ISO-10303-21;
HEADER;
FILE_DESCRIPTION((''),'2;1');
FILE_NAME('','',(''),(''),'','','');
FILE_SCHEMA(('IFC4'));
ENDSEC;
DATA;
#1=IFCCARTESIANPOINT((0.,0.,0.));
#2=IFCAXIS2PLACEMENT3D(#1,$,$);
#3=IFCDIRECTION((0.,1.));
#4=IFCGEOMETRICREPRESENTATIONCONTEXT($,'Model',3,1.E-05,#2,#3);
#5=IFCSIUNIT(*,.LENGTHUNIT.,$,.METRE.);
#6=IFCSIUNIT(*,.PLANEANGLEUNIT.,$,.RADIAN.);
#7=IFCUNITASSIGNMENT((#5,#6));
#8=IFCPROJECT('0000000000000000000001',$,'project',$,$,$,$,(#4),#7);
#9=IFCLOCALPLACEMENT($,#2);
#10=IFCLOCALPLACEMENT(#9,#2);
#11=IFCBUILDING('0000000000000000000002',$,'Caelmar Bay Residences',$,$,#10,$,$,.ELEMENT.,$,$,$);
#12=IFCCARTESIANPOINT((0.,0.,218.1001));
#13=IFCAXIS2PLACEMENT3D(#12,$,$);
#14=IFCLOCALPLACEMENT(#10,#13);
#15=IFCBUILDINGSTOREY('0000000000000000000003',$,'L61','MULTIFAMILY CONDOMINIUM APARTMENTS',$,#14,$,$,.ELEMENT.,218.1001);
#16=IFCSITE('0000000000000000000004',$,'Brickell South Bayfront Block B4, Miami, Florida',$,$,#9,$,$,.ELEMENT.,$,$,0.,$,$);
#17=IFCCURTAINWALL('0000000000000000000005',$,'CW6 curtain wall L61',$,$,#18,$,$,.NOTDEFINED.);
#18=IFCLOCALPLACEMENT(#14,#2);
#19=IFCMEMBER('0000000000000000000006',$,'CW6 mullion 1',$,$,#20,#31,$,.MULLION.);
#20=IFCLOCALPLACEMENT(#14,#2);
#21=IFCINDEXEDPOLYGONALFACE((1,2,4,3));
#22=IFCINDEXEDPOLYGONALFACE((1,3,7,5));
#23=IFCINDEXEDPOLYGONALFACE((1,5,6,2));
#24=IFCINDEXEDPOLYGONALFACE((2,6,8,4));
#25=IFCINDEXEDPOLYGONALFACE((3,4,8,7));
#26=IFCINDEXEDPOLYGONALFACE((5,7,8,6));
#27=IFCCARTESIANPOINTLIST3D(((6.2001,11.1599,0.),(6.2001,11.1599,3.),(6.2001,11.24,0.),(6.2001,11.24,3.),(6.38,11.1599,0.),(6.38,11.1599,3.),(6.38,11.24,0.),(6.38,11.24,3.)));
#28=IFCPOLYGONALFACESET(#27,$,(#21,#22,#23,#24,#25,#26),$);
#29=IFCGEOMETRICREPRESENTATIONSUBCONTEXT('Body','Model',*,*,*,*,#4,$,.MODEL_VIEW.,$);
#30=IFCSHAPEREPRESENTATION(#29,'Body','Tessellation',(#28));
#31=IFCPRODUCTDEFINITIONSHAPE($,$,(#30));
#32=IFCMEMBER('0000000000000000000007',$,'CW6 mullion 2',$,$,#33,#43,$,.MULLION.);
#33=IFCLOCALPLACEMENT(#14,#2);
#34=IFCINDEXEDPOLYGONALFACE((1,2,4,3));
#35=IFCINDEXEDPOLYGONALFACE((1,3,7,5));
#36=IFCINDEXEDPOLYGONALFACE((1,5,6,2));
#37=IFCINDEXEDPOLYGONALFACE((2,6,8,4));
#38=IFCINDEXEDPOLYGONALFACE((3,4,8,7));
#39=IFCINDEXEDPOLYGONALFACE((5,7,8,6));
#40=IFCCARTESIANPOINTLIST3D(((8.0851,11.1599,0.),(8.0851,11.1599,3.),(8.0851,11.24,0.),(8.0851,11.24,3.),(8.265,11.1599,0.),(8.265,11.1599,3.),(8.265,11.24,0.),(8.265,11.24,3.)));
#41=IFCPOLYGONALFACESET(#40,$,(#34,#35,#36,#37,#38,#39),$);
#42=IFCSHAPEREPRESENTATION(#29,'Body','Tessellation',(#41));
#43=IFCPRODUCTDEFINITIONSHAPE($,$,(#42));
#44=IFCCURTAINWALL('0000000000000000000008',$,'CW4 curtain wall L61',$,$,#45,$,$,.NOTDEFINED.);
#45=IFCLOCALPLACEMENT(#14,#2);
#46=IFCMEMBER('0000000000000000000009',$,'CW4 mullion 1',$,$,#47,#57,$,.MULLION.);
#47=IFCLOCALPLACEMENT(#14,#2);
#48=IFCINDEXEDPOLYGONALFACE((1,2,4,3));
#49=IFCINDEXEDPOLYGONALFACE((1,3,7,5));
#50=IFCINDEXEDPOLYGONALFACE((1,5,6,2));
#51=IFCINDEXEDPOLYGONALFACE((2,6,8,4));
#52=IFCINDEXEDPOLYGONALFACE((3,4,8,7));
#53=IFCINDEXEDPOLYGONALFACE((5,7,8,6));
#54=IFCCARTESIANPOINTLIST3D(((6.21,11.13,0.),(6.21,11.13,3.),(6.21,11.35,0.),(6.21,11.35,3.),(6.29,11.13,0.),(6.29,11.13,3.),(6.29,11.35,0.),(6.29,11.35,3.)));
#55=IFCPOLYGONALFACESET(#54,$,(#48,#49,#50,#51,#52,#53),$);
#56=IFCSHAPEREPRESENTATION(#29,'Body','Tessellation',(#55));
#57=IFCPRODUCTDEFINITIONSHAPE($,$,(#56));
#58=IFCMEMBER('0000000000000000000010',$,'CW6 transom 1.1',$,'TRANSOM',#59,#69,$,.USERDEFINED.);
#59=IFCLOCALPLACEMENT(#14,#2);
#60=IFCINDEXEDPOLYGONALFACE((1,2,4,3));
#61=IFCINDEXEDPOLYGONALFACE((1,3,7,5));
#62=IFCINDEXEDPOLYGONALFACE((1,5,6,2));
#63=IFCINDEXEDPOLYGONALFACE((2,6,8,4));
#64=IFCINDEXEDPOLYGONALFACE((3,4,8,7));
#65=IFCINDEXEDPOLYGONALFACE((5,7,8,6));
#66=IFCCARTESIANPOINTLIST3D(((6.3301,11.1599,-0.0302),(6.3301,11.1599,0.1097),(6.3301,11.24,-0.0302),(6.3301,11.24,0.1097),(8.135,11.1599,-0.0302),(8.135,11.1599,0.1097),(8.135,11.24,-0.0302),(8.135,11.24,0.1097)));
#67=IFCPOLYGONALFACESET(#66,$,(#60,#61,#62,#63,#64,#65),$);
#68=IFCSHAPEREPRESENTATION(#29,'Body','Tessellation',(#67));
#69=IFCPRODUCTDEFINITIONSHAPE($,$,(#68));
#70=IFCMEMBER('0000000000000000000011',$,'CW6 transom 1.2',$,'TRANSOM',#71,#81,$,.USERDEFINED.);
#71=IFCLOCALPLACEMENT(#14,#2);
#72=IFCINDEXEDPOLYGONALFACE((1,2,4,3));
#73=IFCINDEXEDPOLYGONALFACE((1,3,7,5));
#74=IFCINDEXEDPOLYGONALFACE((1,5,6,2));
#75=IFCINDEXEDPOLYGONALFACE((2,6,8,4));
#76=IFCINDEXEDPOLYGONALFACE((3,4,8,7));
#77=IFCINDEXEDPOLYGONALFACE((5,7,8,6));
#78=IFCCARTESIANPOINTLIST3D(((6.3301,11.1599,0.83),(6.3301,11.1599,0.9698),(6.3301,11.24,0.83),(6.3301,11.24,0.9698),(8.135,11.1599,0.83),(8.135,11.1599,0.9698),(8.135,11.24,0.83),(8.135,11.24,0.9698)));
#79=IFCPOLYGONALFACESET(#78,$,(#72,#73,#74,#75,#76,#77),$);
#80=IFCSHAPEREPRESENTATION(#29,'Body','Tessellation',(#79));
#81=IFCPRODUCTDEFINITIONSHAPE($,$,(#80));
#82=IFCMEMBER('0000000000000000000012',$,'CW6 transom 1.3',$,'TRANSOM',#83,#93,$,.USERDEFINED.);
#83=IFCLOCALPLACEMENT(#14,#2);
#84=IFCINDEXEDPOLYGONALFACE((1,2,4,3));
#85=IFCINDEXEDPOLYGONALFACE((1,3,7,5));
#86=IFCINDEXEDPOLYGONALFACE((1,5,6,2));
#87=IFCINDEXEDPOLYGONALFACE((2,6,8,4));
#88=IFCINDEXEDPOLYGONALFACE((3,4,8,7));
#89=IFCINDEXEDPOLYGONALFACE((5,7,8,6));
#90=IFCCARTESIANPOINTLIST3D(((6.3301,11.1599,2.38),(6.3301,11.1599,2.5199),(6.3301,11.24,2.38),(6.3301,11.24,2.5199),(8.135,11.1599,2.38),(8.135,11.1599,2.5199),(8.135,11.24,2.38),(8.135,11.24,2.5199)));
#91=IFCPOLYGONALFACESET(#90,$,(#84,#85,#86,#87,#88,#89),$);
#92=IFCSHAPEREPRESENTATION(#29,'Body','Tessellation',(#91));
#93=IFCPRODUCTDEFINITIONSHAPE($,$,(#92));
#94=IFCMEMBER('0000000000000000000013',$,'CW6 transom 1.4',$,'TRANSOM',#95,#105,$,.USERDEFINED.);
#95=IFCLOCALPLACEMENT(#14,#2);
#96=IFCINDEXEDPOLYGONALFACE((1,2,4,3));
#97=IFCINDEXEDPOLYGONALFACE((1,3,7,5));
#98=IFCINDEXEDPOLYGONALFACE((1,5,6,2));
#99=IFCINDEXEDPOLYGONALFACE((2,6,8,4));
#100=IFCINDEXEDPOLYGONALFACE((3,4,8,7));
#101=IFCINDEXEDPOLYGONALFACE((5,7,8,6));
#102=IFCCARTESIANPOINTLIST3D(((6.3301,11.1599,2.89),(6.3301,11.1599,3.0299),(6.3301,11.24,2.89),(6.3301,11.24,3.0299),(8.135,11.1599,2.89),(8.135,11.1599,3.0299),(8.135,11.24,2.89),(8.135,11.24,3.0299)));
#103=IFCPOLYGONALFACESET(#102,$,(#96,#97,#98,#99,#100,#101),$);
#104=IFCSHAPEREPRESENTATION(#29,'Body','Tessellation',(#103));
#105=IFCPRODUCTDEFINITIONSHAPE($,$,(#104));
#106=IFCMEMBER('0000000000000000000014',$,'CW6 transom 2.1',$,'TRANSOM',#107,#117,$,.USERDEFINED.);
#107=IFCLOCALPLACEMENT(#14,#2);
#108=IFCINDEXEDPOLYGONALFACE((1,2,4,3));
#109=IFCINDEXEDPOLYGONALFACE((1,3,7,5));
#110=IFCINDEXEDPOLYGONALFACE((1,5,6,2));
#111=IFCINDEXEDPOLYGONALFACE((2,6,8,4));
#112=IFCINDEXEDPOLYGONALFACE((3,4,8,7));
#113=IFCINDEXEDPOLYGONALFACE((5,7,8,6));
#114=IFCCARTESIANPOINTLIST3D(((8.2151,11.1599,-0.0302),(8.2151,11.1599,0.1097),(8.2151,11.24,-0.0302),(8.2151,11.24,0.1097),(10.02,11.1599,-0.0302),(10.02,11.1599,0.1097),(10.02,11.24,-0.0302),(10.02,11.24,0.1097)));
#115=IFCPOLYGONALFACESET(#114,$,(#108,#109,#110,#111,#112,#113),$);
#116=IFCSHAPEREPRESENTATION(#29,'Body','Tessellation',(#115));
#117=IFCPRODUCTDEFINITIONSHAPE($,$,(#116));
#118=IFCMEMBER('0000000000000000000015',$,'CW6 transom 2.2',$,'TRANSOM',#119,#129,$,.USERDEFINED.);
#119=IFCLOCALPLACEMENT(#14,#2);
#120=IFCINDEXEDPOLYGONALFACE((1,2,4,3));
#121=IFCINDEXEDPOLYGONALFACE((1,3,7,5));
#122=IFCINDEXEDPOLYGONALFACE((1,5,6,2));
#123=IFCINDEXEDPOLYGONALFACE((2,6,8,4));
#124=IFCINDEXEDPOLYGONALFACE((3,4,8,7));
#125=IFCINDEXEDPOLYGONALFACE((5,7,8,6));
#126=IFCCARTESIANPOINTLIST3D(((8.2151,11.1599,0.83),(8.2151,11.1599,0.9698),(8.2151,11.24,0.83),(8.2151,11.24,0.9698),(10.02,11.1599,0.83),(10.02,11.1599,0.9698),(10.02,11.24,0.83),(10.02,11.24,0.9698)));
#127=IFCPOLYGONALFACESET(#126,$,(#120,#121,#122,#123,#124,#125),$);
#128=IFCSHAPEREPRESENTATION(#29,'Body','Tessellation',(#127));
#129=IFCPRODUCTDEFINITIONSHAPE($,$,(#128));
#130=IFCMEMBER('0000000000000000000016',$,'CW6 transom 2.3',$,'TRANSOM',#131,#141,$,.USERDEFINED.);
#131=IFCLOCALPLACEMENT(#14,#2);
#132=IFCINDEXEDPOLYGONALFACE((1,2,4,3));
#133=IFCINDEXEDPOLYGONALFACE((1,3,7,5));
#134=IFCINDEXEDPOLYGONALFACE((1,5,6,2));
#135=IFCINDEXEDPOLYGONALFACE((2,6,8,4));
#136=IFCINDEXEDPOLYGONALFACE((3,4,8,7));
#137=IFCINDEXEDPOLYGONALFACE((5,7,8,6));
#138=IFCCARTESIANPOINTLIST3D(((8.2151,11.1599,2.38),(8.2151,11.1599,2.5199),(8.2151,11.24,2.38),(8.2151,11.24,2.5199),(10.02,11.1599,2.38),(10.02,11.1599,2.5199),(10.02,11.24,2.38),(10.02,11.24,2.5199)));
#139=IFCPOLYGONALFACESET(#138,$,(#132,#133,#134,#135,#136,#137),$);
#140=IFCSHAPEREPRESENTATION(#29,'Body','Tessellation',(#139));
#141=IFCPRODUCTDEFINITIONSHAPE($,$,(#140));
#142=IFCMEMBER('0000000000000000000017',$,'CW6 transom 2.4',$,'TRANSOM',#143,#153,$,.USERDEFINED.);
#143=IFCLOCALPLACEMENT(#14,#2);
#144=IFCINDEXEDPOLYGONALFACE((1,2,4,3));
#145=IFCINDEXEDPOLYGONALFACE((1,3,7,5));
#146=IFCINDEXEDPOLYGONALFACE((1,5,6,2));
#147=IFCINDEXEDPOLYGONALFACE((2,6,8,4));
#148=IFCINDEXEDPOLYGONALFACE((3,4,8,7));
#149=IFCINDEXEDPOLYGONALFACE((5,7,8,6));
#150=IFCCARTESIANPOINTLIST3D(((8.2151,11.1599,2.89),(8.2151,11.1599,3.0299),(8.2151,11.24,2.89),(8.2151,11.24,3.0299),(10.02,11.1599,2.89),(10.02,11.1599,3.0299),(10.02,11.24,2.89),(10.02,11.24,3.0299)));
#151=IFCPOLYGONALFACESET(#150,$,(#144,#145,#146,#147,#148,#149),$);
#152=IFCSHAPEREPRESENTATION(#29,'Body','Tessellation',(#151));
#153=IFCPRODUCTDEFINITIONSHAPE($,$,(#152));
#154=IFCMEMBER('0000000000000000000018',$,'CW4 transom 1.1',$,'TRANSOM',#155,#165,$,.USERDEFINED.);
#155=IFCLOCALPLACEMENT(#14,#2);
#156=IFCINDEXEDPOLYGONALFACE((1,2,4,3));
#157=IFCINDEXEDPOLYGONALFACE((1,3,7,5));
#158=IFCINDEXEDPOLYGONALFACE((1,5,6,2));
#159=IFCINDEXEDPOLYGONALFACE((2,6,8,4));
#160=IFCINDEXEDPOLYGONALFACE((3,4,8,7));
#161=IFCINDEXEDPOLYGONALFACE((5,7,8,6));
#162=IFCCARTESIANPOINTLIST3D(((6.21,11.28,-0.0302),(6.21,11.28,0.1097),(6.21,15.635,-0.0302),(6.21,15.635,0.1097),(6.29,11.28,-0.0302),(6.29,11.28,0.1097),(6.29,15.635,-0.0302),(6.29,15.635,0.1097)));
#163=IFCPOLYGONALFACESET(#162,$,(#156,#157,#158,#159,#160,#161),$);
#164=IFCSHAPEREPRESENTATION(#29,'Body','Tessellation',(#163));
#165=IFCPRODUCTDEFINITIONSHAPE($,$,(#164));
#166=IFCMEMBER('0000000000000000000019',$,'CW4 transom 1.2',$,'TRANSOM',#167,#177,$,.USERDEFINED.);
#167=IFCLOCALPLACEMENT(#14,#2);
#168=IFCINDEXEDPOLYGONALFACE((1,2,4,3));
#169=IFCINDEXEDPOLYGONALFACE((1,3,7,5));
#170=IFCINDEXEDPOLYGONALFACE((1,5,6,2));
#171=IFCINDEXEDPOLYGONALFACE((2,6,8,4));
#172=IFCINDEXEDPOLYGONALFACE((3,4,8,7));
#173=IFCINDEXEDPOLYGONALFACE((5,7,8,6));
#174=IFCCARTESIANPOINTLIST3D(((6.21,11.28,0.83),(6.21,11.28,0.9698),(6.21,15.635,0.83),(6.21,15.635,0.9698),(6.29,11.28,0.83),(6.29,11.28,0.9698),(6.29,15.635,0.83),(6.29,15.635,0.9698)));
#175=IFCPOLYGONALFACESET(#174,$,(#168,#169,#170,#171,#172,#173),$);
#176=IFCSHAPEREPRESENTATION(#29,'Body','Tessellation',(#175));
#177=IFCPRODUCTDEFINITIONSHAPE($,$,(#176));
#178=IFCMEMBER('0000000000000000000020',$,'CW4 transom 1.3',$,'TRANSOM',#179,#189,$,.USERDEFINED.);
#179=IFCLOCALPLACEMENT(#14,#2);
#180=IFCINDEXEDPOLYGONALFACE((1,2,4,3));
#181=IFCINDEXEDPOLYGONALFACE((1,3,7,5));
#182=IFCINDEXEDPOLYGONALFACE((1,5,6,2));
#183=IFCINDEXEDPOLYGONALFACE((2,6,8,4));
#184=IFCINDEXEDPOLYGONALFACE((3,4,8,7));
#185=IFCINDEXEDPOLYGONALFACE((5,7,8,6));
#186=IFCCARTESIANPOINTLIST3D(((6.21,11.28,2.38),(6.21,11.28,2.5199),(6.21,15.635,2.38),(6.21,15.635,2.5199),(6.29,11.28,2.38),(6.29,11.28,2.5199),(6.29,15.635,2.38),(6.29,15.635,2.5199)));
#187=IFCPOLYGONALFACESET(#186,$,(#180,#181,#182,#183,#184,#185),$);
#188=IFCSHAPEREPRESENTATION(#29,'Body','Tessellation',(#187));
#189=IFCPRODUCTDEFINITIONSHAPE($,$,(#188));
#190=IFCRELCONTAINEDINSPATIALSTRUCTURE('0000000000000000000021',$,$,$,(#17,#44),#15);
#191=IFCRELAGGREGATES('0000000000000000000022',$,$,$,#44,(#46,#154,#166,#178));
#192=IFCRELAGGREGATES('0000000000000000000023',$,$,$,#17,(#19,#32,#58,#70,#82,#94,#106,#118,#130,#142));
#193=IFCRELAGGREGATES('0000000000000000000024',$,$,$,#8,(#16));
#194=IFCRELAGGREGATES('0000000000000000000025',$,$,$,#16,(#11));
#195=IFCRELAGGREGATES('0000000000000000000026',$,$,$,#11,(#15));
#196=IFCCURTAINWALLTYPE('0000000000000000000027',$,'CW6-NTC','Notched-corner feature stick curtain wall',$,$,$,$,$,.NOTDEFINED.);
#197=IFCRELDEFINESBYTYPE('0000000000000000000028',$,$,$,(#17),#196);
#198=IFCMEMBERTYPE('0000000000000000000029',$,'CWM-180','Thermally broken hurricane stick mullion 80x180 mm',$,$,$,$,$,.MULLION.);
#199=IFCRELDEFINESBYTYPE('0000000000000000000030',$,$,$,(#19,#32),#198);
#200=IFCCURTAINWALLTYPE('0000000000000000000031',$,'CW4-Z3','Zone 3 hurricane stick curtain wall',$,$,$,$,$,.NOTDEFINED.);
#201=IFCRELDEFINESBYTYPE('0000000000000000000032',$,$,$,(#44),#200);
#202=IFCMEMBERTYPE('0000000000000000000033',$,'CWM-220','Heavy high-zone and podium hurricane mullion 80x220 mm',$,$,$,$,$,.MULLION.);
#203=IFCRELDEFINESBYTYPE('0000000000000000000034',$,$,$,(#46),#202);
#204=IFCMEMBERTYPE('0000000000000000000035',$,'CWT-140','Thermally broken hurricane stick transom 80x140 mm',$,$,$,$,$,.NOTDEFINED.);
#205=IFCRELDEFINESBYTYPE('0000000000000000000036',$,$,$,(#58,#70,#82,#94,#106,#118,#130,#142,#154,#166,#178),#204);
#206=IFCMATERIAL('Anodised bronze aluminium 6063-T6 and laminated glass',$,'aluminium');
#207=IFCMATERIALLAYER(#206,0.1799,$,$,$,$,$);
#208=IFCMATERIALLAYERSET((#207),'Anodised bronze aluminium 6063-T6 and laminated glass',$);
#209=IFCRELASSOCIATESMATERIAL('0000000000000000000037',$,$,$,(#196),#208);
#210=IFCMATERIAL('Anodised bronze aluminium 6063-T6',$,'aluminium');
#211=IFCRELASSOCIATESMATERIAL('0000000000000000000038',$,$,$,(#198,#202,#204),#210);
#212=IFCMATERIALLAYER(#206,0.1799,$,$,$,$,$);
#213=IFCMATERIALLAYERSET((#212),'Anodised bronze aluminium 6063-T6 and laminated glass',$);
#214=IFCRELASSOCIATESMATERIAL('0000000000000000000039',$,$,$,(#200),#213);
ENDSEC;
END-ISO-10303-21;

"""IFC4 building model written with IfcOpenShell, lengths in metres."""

from ifc_helpers import new_model, si_unit, direction, frame, origin, origin_2d, place, context, subcontext, project, spatial, rectangle, extrude, material, layer, layer_set, material_profile, profile_set, type_object, element, aggregate, save


model = new_model("IFC4")

# Units and contexts
model_context = context("Model", 3, precision=1e-05, world=origin(), true_north=direction((0.0, 1.0)))
body_context = subcontext(model_context, "Body", "Model", "MODEL_VIEW")
ifc_project = project(units=[si_unit("LENGTHUNIT", "METRE"), si_unit("PLANEANGLEUNIT", "RADIAN")], contexts=[model_context])

# Site, building, storey
site_placement = place(None, origin())
site = spatial("IfcSite", under=ifc_project, at=site_placement, Name="Brickell South Bayfront Block B4, Miami, Florida", CompositionType="ELEMENT", RefElevation=0.0)
building_placement = place(site_placement, origin())
building = spatial("IfcBuilding", under=site, at=building_placement, Name="Caelmar Bay Residences", CompositionType="ELEMENT")
storey_placement = place(building_placement, frame((0.0, 0.0, 218.1001)))
storey = spatial("IfcBuildingStorey", under=building, at=storey_placement, Name="L61", Description="MULTIFAMILY CONDOMINIUM APARTMENTS", CompositionType="ELEMENT", Elevation=218.1001)

# Curtain wall, members
ifc_material_1 = material(Name="Anodised bronze aluminium 6063-T6 and laminated glass", Category="aluminium")
ifc_layer_1 = layer(ifc_material_1, 0.1799)
ifc_layer_set_1 = layer_set([ifc_layer_1], Name="Anodised bronze aluminium 6063-T6 and laminated glass")
curtain_wall_type_1 = type_object("IfcCurtainWallType", Name="CW6-NTC", Description="Notched-corner feature stick curtain wall", PredefinedType="NOTDEFINED", material=ifc_layer_set_1)
curtain_wall_1_placement = place(storey_placement, origin())
curtain_wall_1 = element("IfcCurtainWall", 1, at=curtain_wall_1_placement, inside=storey, type_object=curtain_wall_type_1, Name="CW6 curtain wall L61", PredefinedType="NOTDEFINED")
ifc_material_2 = material(Name="Anodised bronze aluminium 6063-T6", Category="aluminium")
ifc_material_profile_1 = material_profile(ifc_material_2, rectangle(XDim=0.0801, YDim=0.1799, at=origin_2d()), Name="CWM-80X180")
ifc_profile_set_1 = profile_set([ifc_material_profile_1], Name="Anodised bronze aluminium 6063-T6")
member_type_1 = type_object("IfcMemberType", Name="CWM-180", Description="Thermally broken hurricane stick mullion 80x180 mm", PredefinedType="MULLION", material=ifc_profile_set_1)
member_1_placement = place(storey_placement, frame((6.29, 11.2, 0.0), z_axis=(0.0, 0.0, 1.0), x_axis=(0.0, 1.0, 0.0)))
member_1 = element("IfcMember", 2, at=member_1_placement, type_object=member_type_1, Name="CW6 mullion 1", PredefinedType="MULLION", context=body_context, shape_type="SweptSolid", body=[
    extrude(rectangle(XDim=0.0801, YDim=0.1799, at=origin_2d()), origin(), (0.0, 0.0, 1.0), 3.0),
])
member_2_placement = place(storey_placement, frame((8.175, 11.2, 0.0), z_axis=(0.0, 0.0, 1.0), x_axis=(0.0, 1.0, 0.0)))
member_2 = element("IfcMember", 3, at=member_2_placement, type_object=member_type_1, Name="CW6 mullion 2", PredefinedType="MULLION", context=body_context, shape_type="SweptSolid", body=[
    extrude(rectangle(XDim=0.0801, YDim=0.1799, at=origin_2d()), origin(), (0.0, 0.0, 1.0), 3.0),
])

# Curtain wall, member
ifc_layer_2 = layer(ifc_material_1, 0.1799)
ifc_layer_set_2 = layer_set([ifc_layer_2], Name="Anodised bronze aluminium 6063-T6 and laminated glass")
curtain_wall_type_2 = type_object("IfcCurtainWallType", Name="CW4-Z3", Description="Zone 3 hurricane stick curtain wall", PredefinedType="NOTDEFINED", material=ifc_layer_set_2)
curtain_wall_2_placement = place(storey_placement, origin())
curtain_wall_2 = element("IfcCurtainWall", 4, at=curtain_wall_2_placement, inside=storey, type_object=curtain_wall_type_2, Name="CW4 curtain wall L61", PredefinedType="NOTDEFINED")
ifc_material_profile_2 = material_profile(ifc_material_2, rectangle(XDim=0.0801, YDim=0.22, at=origin_2d()), Name="CWM-80X220")
ifc_profile_set_2 = profile_set([ifc_material_profile_2], Name="Anodised bronze aluminium 6063-T6")
member_type_2 = type_object("IfcMemberType", Name="CWM-220", Description="Heavy high-zone and podium hurricane mullion 80x220 mm", PredefinedType="MULLION", material=ifc_profile_set_2)
member_3_placement = place(storey_placement, frame((6.25, 11.24, 0.0), z_axis=(0.0, 0.0, 1.0), x_axis=(-1.0, 0.0, 0.0)))
member_3 = element("IfcMember", 5, at=member_3_placement, type_object=member_type_2, Name="CW4 mullion 1", PredefinedType="MULLION", context=body_context, shape_type="SweptSolid", body=[
    extrude(rectangle(XDim=0.0801, YDim=0.22, at=origin_2d()), origin(), (0.0, 0.0, 1.0), 3.0),
])

# Members
ifc_material_profile_3 = material_profile(ifc_material_2, rectangle(XDim=0.0801, YDim=0.1399, at=origin_2d()), Name="CWT-80X140")
ifc_profile_set_3 = profile_set([ifc_material_profile_3], Name="Anodised bronze aluminium 6063-T6")
member_type_3 = type_object("IfcMemberType", Name="CWT-140", Description="Thermally broken hurricane stick transom 80x140 mm", PredefinedType="NOTDEFINED", material=ifc_profile_set_3)
member_4_placement = place(storey_placement, frame((6.3301, 11.2, 0.0398), z_axis=(1.0, 0.0, 0.0), x_axis=(0.0, 1.0, 0.0)))
member_4 = element("IfcMember", 6, at=member_4_placement, type_object=member_type_3, Name="CW6 transom 1.1", ObjectType="TRANSOM", PredefinedType="USERDEFINED", context=body_context, shape_type="SweptSolid", body=[
    extrude(rectangle(XDim=0.0801, YDim=0.1399, at=origin_2d()), origin(), (0.0, 0.0, 1.0), 1.8049),
])
member_5_placement = place(storey_placement, frame((6.3301, 11.2, 0.8999), z_axis=(1.0, 0.0, 0.0), x_axis=(0.0, 1.0, 0.0)))
member_5 = element("IfcMember", 7, at=member_5_placement, type_object=member_type_3, Name="CW6 transom 1.2", ObjectType="TRANSOM", PredefinedType="USERDEFINED", context=body_context, shape_type="SweptSolid", body=[
    extrude(rectangle(XDim=0.0801, YDim=0.1399, at=origin_2d()), origin(), (0.0, 0.0, 1.0), 1.8049),
])
member_6_placement = place(storey_placement, frame((6.3301, 11.2, 2.45), z_axis=(1.0, 0.0, 0.0), x_axis=(0.0, 1.0, 0.0)))
member_6 = element("IfcMember", 8, at=member_6_placement, type_object=member_type_3, Name="CW6 transom 1.3", ObjectType="TRANSOM", PredefinedType="USERDEFINED", context=body_context, shape_type="SweptSolid", body=[
    extrude(rectangle(XDim=0.0801, YDim=0.1399, at=origin_2d()), origin(), (0.0, 0.0, 1.0), 1.8049),
])
member_7_placement = place(storey_placement, frame((6.3301, 11.2, 2.96), z_axis=(1.0, 0.0, 0.0), x_axis=(0.0, 1.0, 0.0)))
member_7 = element("IfcMember", 9, at=member_7_placement, type_object=member_type_3, Name="CW6 transom 1.4", ObjectType="TRANSOM", PredefinedType="USERDEFINED", context=body_context, shape_type="SweptSolid", body=[
    extrude(rectangle(XDim=0.0801, YDim=0.1399, at=origin_2d()), origin(), (0.0, 0.0, 1.0), 1.8049),
])
member_8_placement = place(storey_placement, frame((8.2151, 11.2, 0.0398), z_axis=(1.0, 0.0, 0.0), x_axis=(0.0, 1.0, 0.0)))
member_8 = element("IfcMember", 10, at=member_8_placement, type_object=member_type_3, Name="CW6 transom 2.1", ObjectType="TRANSOM", PredefinedType="USERDEFINED", context=body_context, shape_type="SweptSolid", body=[
    extrude(rectangle(XDim=0.0801, YDim=0.1399, at=origin_2d()), origin(), (0.0, 0.0, 1.0), 1.8049),
])
member_9_placement = place(storey_placement, frame((8.2151, 11.2, 0.8999), z_axis=(1.0, 0.0, 0.0), x_axis=(0.0, 1.0, 0.0)))
member_9 = element("IfcMember", 11, at=member_9_placement, type_object=member_type_3, Name="CW6 transom 2.2", ObjectType="TRANSOM", PredefinedType="USERDEFINED", context=body_context, shape_type="SweptSolid", body=[
    extrude(rectangle(XDim=0.0801, YDim=0.1399, at=origin_2d()), origin(), (0.0, 0.0, 1.0), 1.8049),
])
member_10_placement = place(storey_placement, frame((8.2151, 11.2, 2.45), z_axis=(1.0, 0.0, 0.0), x_axis=(0.0, 1.0, 0.0)))
member_10 = element("IfcMember", 12, at=member_10_placement, type_object=member_type_3, Name="CW6 transom 2.3", ObjectType="TRANSOM", PredefinedType="USERDEFINED", context=body_context, shape_type="SweptSolid", body=[
    extrude(rectangle(XDim=0.0801, YDim=0.1399, at=origin_2d()), origin(), (0.0, 0.0, 1.0), 1.8049),
])
member_11_placement = place(storey_placement, frame((8.2151, 11.2, 2.96), z_axis=(1.0, 0.0, 0.0), x_axis=(0.0, 1.0, 0.0)))
member_11 = element("IfcMember", 13, at=member_11_placement, type_object=member_type_3, Name="CW6 transom 2.4", ObjectType="TRANSOM", PredefinedType="USERDEFINED", context=body_context, shape_type="SweptSolid", body=[
    extrude(rectangle(XDim=0.0801, YDim=0.1399, at=origin_2d()), origin(), (0.0, 0.0, 1.0), 1.8049),
])
member_12_placement = place(storey_placement, frame((6.25, 11.28, 0.0398), z_axis=(0.0, 1.0, 0.0), x_axis=(-1.0, 0.0, 0.0)))
member_12 = element("IfcMember", 14, at=member_12_placement, type_object=member_type_3, Name="CW4 transom 1.1", ObjectType="TRANSOM", PredefinedType="USERDEFINED", context=body_context, shape_type="SweptSolid", body=[
    extrude(rectangle(XDim=0.0801, YDim=0.1399, at=origin_2d()), origin(), (0.0, 0.0, 1.0), 4.355),
])
member_13_placement = place(storey_placement, frame((6.25, 11.28, 0.8999), z_axis=(0.0, 1.0, 0.0), x_axis=(-1.0, 0.0, 0.0)))
member_13 = element("IfcMember", 15, at=member_13_placement, type_object=member_type_3, Name="CW4 transom 1.2", ObjectType="TRANSOM", PredefinedType="USERDEFINED", context=body_context, shape_type="SweptSolid", body=[
    extrude(rectangle(XDim=0.0801, YDim=0.1399, at=origin_2d()), origin(), (0.0, 0.0, 1.0), 4.355),
])
member_14_placement = place(storey_placement, frame((6.25, 11.28, 2.45), z_axis=(0.0, 1.0, 0.0), x_axis=(-1.0, 0.0, 0.0)))
member_14 = element("IfcMember", 16, at=member_14_placement, type_object=member_type_3, Name="CW4 transom 1.3", ObjectType="TRANSOM", PredefinedType="USERDEFINED", context=body_context, shape_type="SweptSolid", body=[
    extrude(rectangle(XDim=0.0801, YDim=0.1399, at=origin_2d()), origin(), (0.0, 0.0, 1.0), 4.355),
])
aggregate(curtain_wall_2, [member_3, member_12, member_13, member_14])

aggregate(curtain_wall_1, [member_1, member_2, member_4, member_5, member_6, member_7, member_8, member_9, member_10, member_11])

save(model, "model.ifc")
